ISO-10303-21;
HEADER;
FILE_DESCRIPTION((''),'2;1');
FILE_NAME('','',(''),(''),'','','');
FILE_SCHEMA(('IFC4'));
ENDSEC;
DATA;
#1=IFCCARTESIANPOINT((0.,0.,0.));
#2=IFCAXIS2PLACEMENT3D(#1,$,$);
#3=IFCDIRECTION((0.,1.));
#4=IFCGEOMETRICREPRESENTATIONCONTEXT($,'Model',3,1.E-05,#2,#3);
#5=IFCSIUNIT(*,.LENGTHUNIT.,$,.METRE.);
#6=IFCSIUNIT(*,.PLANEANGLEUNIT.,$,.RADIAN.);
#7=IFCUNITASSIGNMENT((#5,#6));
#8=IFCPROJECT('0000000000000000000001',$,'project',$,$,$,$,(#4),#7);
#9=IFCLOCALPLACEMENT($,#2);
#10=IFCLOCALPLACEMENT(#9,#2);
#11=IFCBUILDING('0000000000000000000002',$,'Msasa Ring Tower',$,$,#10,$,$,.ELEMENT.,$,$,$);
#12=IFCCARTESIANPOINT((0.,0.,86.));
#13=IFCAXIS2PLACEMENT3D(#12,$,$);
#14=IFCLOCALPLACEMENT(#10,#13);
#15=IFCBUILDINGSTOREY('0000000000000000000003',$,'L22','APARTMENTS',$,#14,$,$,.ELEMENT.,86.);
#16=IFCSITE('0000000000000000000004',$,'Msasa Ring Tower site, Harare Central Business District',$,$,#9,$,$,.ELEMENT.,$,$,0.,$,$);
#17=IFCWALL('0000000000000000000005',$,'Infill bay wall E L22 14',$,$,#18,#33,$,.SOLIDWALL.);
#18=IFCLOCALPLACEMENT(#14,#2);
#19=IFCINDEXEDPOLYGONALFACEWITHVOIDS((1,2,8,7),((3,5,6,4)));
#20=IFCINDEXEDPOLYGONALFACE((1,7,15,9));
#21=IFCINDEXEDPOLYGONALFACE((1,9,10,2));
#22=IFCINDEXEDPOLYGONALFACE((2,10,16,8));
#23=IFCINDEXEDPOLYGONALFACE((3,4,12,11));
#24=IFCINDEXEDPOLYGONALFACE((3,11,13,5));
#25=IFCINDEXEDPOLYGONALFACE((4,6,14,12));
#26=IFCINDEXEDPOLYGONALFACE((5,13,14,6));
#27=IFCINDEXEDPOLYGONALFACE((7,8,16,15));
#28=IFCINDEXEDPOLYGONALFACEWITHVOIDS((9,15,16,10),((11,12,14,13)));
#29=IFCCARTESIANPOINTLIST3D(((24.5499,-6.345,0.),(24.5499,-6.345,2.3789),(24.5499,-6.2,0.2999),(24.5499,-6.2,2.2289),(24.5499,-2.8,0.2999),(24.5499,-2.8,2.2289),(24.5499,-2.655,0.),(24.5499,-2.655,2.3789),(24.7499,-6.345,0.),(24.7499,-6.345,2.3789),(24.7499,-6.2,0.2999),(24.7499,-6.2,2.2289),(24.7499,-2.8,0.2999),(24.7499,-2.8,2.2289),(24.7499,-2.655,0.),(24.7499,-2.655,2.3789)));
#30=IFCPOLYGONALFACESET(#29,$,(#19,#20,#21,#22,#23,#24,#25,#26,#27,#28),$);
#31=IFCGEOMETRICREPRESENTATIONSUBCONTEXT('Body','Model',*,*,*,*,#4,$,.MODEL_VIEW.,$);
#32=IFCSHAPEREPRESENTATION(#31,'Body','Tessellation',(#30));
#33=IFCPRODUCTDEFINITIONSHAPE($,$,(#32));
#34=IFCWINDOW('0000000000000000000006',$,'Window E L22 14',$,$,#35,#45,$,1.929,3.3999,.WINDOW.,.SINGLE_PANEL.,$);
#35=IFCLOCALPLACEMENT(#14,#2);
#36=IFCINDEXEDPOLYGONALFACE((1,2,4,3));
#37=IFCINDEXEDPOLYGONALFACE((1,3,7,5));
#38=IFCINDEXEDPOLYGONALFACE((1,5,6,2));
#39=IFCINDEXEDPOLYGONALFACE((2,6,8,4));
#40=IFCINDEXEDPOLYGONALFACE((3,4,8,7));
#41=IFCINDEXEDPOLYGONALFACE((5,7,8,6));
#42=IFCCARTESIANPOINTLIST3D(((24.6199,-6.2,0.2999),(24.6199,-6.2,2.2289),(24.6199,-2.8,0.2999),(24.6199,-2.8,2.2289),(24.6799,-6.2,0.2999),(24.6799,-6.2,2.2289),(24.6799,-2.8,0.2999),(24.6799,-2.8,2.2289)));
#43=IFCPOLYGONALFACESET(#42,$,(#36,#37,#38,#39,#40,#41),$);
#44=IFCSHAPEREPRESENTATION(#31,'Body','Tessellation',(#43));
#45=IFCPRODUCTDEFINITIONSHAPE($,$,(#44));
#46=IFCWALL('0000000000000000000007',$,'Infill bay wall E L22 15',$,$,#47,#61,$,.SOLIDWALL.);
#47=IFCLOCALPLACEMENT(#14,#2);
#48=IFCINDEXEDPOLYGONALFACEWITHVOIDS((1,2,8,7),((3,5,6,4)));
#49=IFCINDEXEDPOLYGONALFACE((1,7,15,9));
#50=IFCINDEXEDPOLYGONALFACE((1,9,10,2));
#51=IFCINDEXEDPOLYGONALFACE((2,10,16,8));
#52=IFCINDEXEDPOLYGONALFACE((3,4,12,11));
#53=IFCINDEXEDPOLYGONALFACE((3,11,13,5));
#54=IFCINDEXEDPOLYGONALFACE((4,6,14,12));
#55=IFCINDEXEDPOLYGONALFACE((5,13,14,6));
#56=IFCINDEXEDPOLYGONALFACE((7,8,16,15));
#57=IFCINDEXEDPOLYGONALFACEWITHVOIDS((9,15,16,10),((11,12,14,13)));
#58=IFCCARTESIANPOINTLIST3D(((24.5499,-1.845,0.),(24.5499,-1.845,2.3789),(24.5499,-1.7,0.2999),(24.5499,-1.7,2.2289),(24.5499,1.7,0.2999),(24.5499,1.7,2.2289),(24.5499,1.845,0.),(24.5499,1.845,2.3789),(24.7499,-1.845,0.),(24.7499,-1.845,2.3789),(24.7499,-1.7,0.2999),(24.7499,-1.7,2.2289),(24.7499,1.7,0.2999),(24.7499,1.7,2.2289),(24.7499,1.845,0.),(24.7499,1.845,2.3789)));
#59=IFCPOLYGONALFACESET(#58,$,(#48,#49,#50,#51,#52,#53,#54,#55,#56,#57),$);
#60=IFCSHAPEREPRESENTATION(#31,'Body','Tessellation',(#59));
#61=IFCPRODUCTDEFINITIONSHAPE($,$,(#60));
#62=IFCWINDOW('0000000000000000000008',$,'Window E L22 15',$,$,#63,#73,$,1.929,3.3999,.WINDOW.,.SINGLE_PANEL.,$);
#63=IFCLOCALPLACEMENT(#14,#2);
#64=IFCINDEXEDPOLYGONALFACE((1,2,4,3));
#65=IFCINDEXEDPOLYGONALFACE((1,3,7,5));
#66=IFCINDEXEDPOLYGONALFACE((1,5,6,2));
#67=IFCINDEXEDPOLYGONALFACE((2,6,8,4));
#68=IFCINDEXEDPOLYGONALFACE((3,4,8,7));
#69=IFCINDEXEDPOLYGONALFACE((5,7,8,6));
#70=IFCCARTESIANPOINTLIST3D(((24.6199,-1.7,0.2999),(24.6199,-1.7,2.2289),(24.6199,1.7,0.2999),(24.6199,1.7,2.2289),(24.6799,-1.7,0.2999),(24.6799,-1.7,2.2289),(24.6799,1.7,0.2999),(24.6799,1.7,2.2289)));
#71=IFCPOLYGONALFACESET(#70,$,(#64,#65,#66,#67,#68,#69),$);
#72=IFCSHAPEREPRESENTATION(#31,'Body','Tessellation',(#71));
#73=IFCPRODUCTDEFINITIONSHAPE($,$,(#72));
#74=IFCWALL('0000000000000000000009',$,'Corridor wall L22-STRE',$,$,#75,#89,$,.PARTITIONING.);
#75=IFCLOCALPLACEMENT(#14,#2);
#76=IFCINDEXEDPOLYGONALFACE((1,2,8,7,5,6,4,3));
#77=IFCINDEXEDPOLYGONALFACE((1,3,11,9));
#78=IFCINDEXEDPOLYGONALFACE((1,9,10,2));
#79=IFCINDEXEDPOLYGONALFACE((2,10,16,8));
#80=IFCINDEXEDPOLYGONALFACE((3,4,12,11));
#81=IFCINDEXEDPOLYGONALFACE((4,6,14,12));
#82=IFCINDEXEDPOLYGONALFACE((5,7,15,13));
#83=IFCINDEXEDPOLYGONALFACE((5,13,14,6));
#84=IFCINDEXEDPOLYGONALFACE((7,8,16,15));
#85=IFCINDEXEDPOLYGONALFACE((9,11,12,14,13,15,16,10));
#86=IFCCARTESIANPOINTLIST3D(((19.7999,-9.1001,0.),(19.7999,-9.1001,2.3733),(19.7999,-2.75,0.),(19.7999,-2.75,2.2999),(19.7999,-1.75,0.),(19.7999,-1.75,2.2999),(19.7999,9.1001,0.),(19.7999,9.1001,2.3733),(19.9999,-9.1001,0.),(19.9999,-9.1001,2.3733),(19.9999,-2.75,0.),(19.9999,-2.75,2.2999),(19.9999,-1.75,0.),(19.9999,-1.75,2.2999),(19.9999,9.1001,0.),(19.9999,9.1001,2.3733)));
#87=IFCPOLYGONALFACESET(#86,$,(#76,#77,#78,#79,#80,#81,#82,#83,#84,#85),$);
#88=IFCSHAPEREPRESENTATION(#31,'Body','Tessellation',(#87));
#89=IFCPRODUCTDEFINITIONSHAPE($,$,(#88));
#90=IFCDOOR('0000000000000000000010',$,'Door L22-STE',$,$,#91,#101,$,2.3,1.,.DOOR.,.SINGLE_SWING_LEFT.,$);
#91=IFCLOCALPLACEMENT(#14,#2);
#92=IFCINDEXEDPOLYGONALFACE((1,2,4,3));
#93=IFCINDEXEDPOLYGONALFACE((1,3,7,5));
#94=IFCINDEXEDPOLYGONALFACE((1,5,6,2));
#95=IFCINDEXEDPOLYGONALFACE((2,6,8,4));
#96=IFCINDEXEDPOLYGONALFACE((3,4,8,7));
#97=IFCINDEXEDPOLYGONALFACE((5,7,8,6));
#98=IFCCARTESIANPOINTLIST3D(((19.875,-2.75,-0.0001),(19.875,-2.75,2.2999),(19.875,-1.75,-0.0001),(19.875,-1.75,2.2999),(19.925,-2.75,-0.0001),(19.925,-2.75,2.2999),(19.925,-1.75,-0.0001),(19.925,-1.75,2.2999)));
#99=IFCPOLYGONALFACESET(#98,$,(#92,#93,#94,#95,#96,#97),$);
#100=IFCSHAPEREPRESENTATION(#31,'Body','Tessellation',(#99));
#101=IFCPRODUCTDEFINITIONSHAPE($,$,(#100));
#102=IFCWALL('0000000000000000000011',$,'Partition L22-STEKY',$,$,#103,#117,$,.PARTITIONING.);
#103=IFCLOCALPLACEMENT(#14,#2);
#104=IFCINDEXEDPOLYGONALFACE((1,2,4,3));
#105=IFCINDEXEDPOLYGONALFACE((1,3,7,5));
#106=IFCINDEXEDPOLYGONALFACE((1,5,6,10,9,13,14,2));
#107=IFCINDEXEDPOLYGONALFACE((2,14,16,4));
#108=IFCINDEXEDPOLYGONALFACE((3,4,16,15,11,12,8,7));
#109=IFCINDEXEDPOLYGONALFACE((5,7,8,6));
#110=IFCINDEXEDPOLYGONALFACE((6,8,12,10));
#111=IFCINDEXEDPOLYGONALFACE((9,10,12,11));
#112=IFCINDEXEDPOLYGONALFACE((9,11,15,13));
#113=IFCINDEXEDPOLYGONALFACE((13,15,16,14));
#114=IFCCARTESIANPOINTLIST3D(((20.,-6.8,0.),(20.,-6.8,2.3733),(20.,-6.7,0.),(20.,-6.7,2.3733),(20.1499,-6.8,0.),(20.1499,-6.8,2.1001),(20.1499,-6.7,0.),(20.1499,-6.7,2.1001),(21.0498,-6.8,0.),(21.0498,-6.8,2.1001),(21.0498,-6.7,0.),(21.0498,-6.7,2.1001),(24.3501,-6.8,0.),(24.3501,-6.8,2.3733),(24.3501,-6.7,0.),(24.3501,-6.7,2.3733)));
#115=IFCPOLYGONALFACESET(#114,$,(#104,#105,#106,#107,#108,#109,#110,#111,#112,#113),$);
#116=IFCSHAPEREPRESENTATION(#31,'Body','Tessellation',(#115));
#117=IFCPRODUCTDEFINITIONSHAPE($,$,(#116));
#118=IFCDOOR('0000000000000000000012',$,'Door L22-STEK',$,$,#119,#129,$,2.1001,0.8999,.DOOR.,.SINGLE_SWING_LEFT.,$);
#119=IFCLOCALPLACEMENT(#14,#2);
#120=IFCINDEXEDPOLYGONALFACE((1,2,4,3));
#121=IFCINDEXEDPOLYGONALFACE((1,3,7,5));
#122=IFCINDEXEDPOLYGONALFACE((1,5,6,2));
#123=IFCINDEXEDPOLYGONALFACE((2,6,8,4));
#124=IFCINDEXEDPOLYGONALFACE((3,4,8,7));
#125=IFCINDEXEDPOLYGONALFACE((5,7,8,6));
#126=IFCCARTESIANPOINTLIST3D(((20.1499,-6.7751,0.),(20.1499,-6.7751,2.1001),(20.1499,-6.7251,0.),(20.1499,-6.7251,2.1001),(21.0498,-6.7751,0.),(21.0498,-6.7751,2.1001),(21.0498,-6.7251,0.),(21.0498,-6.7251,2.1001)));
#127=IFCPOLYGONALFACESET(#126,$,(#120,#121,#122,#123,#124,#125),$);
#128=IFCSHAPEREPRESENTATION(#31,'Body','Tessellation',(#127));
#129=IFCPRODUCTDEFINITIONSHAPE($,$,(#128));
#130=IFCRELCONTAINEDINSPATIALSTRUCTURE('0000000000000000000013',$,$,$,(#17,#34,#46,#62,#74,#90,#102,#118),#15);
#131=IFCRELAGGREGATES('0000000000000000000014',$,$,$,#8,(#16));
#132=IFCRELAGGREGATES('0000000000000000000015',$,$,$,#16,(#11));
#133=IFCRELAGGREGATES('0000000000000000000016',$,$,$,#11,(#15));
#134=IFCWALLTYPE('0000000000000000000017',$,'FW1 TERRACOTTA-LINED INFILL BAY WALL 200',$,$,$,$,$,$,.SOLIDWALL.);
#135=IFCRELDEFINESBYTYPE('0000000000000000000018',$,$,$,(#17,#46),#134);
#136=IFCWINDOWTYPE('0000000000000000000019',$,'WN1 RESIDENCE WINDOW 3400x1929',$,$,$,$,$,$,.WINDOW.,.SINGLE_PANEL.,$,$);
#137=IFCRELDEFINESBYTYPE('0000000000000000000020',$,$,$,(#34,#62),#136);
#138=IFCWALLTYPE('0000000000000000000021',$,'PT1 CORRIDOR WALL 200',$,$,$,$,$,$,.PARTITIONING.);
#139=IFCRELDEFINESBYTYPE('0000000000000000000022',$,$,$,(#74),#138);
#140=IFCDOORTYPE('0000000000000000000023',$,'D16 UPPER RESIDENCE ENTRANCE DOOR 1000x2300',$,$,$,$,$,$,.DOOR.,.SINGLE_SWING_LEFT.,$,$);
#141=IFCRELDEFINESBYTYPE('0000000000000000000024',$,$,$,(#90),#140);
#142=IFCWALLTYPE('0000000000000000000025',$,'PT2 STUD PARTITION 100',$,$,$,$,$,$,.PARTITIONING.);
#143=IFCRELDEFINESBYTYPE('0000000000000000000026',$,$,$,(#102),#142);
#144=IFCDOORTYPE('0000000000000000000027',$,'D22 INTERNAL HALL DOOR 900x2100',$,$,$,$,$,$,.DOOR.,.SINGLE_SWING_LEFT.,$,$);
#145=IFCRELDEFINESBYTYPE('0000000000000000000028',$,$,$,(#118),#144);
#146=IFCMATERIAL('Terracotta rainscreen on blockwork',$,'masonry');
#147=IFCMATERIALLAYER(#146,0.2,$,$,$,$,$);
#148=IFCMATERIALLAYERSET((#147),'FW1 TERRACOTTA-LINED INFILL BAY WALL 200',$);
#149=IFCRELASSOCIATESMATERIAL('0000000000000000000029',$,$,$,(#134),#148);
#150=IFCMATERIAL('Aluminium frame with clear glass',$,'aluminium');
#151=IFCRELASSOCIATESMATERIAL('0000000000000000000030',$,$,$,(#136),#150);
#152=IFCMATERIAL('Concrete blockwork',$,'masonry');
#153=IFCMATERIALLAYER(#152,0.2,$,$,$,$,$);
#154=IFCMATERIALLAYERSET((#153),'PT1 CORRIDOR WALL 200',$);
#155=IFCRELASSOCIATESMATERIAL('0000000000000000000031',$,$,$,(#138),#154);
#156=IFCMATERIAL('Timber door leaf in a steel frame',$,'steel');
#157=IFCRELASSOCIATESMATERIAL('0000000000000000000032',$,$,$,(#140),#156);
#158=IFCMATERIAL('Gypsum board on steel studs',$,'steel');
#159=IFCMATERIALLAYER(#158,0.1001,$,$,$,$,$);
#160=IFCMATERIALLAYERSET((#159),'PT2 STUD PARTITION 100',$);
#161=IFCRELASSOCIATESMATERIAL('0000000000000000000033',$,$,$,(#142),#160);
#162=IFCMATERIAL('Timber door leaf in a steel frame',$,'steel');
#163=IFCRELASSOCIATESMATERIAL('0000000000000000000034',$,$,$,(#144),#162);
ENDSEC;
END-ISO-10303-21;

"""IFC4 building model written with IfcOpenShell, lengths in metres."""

from ifc_helpers import new_model, si_unit, direction, frame, frame_2d, origin, place, context, subcontext, project, spatial, rectangle, extrude, material, layer, layer_set, type_object, element, fill, save


model = new_model("IFC4")

# Units and contexts
model_context = context("Model", 3, precision=1e-05, world=origin(), true_north=direction((0.0, 1.0)))
body_context = subcontext(model_context, "Body", "Model", "MODEL_VIEW")
ifc_project = project(units=[si_unit("LENGTHUNIT", "METRE"), si_unit("PLANEANGLEUNIT", "RADIAN")], contexts=[model_context])

# Site, building, storey
site_placement = place(None, origin())
site = spatial("IfcSite", under=ifc_project, at=site_placement, Name="Msasa Ring Tower site, Harare Central Business District", CompositionType="ELEMENT", RefElevation=0.0)
building_placement = place(site_placement, origin())
building = spatial("IfcBuilding", under=site, at=building_placement, Name="Msasa Ring Tower", CompositionType="ELEMENT")
storey_placement = place(building_placement, frame((0.0, 0.0, 86.0)))
storey = spatial("IfcBuildingStorey", under=building, at=storey_placement, Name="L22", Description="APARTMENTS", CompositionType="ELEMENT", Elevation=86.0)

# Walls, openings, windows
ifc_material_1 = material(Name="Terracotta rainscreen on blockwork", Category="masonry")
ifc_layer_1 = layer(ifc_material_1, 0.2)
ifc_layer_set_1 = layer_set([ifc_layer_1], Name="FW1 TERRACOTTA-LINED INFILL BAY WALL 200")
wall_type_1 = type_object("IfcWallType", Name="FW1 TERRACOTTA-LINED INFILL BAY WALL 200", PredefinedType="SOLIDWALL", material=ifc_layer_set_1)
ifc_material_2 = material(Name="Aluminium frame with clear glass", Category="aluminium")
window_type = type_object("IfcWindowType", Name="WN1 RESIDENCE WINDOW 3400x1929", PartitioningType="SINGLE_PANEL", PredefinedType="WINDOW", material=ifc_material_2)
wall_1_placement = place(storey_placement, frame((24.6499, -6.345, 0.0), z_axis=(0.0, 0.0, 1.0), x_axis=(0.0, 1.0, 0.0)))
wall_1 = element("IfcWall", 1, at=wall_1_placement, inside=storey, type_object=wall_type_1, Name="Infill bay wall E L22 14", PredefinedType="SOLIDWALL", context=body_context, shape_type="SweptSolid", body=[
    extrude(rectangle(XDim=3.6899, YDim=0.2, at=frame_2d((1.845, 0.0))), origin(), (0.0, 0.0, 1.0), 2.3789),
])
opening_1_placement = place(wall_1_placement, frame((0.145, 0.0, 0.3)))
opening_1 = element("IfcOpeningElement", 2, at=opening_1_placement, cuts=wall_1, PredefinedType="OPENING", context=body_context, shape_type="SweptSolid", body=[
    extrude(rectangle(XDim=3.3999, YDim=1.929, at=frame_2d((1.7, 0.9644))), frame((0.0, 0.1099, 0.0), z_axis=(0.0, -1.0, 0.0), x_axis=(1.0, 0.0, 0.0)), (0.0, 0.0, 1.0), 0.22),
])
window_1_placement = place(opening_1_placement, origin())
window_1 = element("IfcWindow", 3, at=window_1_placement, inside=storey, type_object=window_type, Name="Window E L22 14", OverallHeight=1.929, OverallWidth=3.3999, PartitioningType="SINGLE_PANEL", PredefinedType="WINDOW", context=body_context, shape_type="SweptSolid", body=[
    extrude(rectangle(XDim=3.3999, YDim=1.929, at=frame_2d((1.7, 0.9644))), frame((0.0, 0.03, 0.0), z_axis=(0.0, -1.0, 0.0), x_axis=(1.0, 0.0, 0.0)), (0.0, 0.0, 1.0), 0.0601),
])
fill(opening_1, window_1)
wall_2_placement = place(storey_placement, frame((24.6499, -1.845, 0.0), z_axis=(0.0, 0.0, 1.0), x_axis=(0.0, 1.0, 0.0)))
wall_2 = element("IfcWall", 4, at=wall_2_placement, inside=storey, type_object=wall_type_1, Name="Infill bay wall E L22 15", PredefinedType="SOLIDWALL", context=body_context, shape_type="SweptSolid", body=[
    extrude(rectangle(XDim=3.6899, YDim=0.2, at=frame_2d((1.845, 0.0))), origin(), (0.0, 0.0, 1.0), 2.3789),
])
opening_2_placement = place(wall_2_placement, frame((0.145, 0.0, 0.3)))
opening_2 = element("IfcOpeningElement", 5, at=opening_2_placement, cuts=wall_2, PredefinedType="OPENING", context=body_context, shape_type="SweptSolid", body=[
    extrude(rectangle(XDim=3.3999, YDim=1.929, at=frame_2d((1.7, 0.9644))), frame((0.0, 0.1099, 0.0), z_axis=(0.0, -1.0, 0.0), x_axis=(1.0, 0.0, 0.0)), (0.0, 0.0, 1.0), 0.22),
])
window_2_placement = place(opening_2_placement, origin())
window_2 = element("IfcWindow", 6, at=window_2_placement, inside=storey, type_object=window_type, Name="Window E L22 15", OverallHeight=1.929, OverallWidth=3.3999, PartitioningType="SINGLE_PANEL", PredefinedType="WINDOW", context=body_context, shape_type="SweptSolid", body=[
    extrude(rectangle(XDim=3.3999, YDim=1.929, at=frame_2d((1.7, 0.9644))), frame((0.0, 0.03, 0.0), z_axis=(0.0, -1.0, 0.0), x_axis=(1.0, 0.0, 0.0)), (0.0, 0.0, 1.0), 0.0601),
])
fill(opening_2, window_2)

# Walls, openings, doors
ifc_material_3 = material(Name="Concrete blockwork", Category="masonry")
ifc_layer_2 = layer(ifc_material_3, 0.2)
ifc_layer_set_2 = layer_set([ifc_layer_2], Name="PT1 CORRIDOR WALL 200")
wall_type_2 = type_object("IfcWallType", Name="PT1 CORRIDOR WALL 200", PredefinedType="PARTITIONING", material=ifc_layer_set_2)
wall_3_placement = place(storey_placement, frame((19.8999, -9.1001, 0.0), z_axis=(0.0, 0.0, 1.0), x_axis=(0.0, 1.0, 0.0)))
wall_3 = element("IfcWall", 7, at=wall_3_placement, inside=storey, type_object=wall_type_2, Name="Corridor wall L22-STRE", PredefinedType="PARTITIONING", context=body_context, shape_type="SweptSolid", body=[
    extrude(rectangle(XDim=18.2002, YDim=0.2, at=frame_2d((9.1001, 0.0))), origin(), (0.0, 0.0, 1.0), 2.3733),
])
opening_3_placement = place(wall_3_placement, frame((6.3501, 0.0, 0.0)))
opening_3 = element("IfcOpeningElement", 8, at=opening_3_placement, cuts=wall_3, PredefinedType="OPENING", context=body_context, shape_type="SweptSolid", body=[
    extrude(rectangle(XDim=1.0, YDim=2.3, at=frame_2d((0.5, 1.1499))), frame((0.0, 0.1099, 0.0), z_axis=(0.0, -1.0, 0.0), x_axis=(1.0, 0.0, 0.0)), (0.0, 0.0, 1.0), 0.22),
])
ifc_material_4 = material(Name="Timber door leaf in a steel frame", Category="steel")
door_type_1 = type_object("IfcDoorType", Name="D16 UPPER RESIDENCE ENTRANCE DOOR 1000x2300", OperationType="SINGLE_SWING_LEFT", PredefinedType="DOOR", material=ifc_material_4)
door_1_placement = place(opening_3_placement, origin())
door_1 = element("IfcDoor", 9, at=door_1_placement, inside=storey, type_object=door_type_1, Name="Door L22-STE", OperationType="SINGLE_SWING_LEFT", OverallHeight=2.3, OverallWidth=1.0, PredefinedType="DOOR", context=body_context, shape_type="SweptSolid", body=[
    extrude(rectangle(XDim=1.0, YDim=2.3, at=frame_2d((0.5, 1.1499))), frame((0.0, 0.0249, 0.0), z_axis=(0.0, -1.0, 0.0), x_axis=(1.0, 0.0, 0.0)), (0.0, 0.0, 1.0), 0.05),
])
fill(opening_3, door_1)
ifc_material_5 = material(Name="Gypsum board on steel studs", Category="steel")
ifc_layer_3 = layer(ifc_material_5, 0.1001)
ifc_layer_set_3 = layer_set([ifc_layer_3], Name="PT2 STUD PARTITION 100")
wall_type_3 = type_object("IfcWallType", Name="PT2 STUD PARTITION 100", PredefinedType="PARTITIONING", material=ifc_layer_set_3)
wall_4_placement = place(storey_placement, frame((20.0, -6.75, 0.0), z_axis=(0.0, 0.0, 1.0), x_axis=(1.0, 0.0, 0.0)))
wall_4 = element("IfcWall", 10, at=wall_4_placement, inside=storey, type_object=wall_type_3, Name="Partition L22-STEKY", PredefinedType="PARTITIONING", context=body_context, shape_type="SweptSolid", body=[
    extrude(rectangle(XDim=4.3501, YDim=0.1001, at=frame_2d((2.175, 0.0))), origin(), (0.0, 0.0, 1.0), 2.3733),
])
opening_4_placement = place(wall_4_placement, frame((0.1499, 0.0, 0.0)))
opening_4 = element("IfcOpeningElement", 11, at=opening_4_placement, cuts=wall_4, PredefinedType="OPENING", context=body_context, shape_type="SweptSolid", body=[
    extrude(rectangle(XDim=0.8999, YDim=2.1001, at=frame_2d((0.45, 1.05))), frame((0.0, 0.0601, 0.0), z_axis=(0.0, -1.0, 0.0), x_axis=(1.0, 0.0, 0.0)), (0.0, 0.0, 1.0), 0.1201),
])
ifc_material_6 = material(Name="Timber door leaf in a steel frame", Category="steel")
door_type_2 = type_object("IfcDoorType", Name="D22 INTERNAL HALL DOOR 900x2100", OperationType="SINGLE_SWING_LEFT", PredefinedType="DOOR", material=ifc_material_6)
door_2_placement = place(opening_4_placement, origin())
door_2 = element("IfcDoor", 12, at=door_2_placement, inside=storey, type_object=door_type_2, Name="Door L22-STEK", OperationType="SINGLE_SWING_LEFT", OverallHeight=2.1001, OverallWidth=0.8999, PredefinedType="DOOR", context=body_context, shape_type="SweptSolid", body=[
    extrude(rectangle(XDim=0.8999, YDim=2.1001, at=frame_2d((0.45, 1.05))), frame((0.0, 0.0249, 0.0), z_axis=(0.0, -1.0, 0.0), x_axis=(1.0, 0.0, 0.0)), (0.0, 0.0, 1.0), 0.05),
])
fill(opening_4, door_2)

save(model, "model.ifc")
